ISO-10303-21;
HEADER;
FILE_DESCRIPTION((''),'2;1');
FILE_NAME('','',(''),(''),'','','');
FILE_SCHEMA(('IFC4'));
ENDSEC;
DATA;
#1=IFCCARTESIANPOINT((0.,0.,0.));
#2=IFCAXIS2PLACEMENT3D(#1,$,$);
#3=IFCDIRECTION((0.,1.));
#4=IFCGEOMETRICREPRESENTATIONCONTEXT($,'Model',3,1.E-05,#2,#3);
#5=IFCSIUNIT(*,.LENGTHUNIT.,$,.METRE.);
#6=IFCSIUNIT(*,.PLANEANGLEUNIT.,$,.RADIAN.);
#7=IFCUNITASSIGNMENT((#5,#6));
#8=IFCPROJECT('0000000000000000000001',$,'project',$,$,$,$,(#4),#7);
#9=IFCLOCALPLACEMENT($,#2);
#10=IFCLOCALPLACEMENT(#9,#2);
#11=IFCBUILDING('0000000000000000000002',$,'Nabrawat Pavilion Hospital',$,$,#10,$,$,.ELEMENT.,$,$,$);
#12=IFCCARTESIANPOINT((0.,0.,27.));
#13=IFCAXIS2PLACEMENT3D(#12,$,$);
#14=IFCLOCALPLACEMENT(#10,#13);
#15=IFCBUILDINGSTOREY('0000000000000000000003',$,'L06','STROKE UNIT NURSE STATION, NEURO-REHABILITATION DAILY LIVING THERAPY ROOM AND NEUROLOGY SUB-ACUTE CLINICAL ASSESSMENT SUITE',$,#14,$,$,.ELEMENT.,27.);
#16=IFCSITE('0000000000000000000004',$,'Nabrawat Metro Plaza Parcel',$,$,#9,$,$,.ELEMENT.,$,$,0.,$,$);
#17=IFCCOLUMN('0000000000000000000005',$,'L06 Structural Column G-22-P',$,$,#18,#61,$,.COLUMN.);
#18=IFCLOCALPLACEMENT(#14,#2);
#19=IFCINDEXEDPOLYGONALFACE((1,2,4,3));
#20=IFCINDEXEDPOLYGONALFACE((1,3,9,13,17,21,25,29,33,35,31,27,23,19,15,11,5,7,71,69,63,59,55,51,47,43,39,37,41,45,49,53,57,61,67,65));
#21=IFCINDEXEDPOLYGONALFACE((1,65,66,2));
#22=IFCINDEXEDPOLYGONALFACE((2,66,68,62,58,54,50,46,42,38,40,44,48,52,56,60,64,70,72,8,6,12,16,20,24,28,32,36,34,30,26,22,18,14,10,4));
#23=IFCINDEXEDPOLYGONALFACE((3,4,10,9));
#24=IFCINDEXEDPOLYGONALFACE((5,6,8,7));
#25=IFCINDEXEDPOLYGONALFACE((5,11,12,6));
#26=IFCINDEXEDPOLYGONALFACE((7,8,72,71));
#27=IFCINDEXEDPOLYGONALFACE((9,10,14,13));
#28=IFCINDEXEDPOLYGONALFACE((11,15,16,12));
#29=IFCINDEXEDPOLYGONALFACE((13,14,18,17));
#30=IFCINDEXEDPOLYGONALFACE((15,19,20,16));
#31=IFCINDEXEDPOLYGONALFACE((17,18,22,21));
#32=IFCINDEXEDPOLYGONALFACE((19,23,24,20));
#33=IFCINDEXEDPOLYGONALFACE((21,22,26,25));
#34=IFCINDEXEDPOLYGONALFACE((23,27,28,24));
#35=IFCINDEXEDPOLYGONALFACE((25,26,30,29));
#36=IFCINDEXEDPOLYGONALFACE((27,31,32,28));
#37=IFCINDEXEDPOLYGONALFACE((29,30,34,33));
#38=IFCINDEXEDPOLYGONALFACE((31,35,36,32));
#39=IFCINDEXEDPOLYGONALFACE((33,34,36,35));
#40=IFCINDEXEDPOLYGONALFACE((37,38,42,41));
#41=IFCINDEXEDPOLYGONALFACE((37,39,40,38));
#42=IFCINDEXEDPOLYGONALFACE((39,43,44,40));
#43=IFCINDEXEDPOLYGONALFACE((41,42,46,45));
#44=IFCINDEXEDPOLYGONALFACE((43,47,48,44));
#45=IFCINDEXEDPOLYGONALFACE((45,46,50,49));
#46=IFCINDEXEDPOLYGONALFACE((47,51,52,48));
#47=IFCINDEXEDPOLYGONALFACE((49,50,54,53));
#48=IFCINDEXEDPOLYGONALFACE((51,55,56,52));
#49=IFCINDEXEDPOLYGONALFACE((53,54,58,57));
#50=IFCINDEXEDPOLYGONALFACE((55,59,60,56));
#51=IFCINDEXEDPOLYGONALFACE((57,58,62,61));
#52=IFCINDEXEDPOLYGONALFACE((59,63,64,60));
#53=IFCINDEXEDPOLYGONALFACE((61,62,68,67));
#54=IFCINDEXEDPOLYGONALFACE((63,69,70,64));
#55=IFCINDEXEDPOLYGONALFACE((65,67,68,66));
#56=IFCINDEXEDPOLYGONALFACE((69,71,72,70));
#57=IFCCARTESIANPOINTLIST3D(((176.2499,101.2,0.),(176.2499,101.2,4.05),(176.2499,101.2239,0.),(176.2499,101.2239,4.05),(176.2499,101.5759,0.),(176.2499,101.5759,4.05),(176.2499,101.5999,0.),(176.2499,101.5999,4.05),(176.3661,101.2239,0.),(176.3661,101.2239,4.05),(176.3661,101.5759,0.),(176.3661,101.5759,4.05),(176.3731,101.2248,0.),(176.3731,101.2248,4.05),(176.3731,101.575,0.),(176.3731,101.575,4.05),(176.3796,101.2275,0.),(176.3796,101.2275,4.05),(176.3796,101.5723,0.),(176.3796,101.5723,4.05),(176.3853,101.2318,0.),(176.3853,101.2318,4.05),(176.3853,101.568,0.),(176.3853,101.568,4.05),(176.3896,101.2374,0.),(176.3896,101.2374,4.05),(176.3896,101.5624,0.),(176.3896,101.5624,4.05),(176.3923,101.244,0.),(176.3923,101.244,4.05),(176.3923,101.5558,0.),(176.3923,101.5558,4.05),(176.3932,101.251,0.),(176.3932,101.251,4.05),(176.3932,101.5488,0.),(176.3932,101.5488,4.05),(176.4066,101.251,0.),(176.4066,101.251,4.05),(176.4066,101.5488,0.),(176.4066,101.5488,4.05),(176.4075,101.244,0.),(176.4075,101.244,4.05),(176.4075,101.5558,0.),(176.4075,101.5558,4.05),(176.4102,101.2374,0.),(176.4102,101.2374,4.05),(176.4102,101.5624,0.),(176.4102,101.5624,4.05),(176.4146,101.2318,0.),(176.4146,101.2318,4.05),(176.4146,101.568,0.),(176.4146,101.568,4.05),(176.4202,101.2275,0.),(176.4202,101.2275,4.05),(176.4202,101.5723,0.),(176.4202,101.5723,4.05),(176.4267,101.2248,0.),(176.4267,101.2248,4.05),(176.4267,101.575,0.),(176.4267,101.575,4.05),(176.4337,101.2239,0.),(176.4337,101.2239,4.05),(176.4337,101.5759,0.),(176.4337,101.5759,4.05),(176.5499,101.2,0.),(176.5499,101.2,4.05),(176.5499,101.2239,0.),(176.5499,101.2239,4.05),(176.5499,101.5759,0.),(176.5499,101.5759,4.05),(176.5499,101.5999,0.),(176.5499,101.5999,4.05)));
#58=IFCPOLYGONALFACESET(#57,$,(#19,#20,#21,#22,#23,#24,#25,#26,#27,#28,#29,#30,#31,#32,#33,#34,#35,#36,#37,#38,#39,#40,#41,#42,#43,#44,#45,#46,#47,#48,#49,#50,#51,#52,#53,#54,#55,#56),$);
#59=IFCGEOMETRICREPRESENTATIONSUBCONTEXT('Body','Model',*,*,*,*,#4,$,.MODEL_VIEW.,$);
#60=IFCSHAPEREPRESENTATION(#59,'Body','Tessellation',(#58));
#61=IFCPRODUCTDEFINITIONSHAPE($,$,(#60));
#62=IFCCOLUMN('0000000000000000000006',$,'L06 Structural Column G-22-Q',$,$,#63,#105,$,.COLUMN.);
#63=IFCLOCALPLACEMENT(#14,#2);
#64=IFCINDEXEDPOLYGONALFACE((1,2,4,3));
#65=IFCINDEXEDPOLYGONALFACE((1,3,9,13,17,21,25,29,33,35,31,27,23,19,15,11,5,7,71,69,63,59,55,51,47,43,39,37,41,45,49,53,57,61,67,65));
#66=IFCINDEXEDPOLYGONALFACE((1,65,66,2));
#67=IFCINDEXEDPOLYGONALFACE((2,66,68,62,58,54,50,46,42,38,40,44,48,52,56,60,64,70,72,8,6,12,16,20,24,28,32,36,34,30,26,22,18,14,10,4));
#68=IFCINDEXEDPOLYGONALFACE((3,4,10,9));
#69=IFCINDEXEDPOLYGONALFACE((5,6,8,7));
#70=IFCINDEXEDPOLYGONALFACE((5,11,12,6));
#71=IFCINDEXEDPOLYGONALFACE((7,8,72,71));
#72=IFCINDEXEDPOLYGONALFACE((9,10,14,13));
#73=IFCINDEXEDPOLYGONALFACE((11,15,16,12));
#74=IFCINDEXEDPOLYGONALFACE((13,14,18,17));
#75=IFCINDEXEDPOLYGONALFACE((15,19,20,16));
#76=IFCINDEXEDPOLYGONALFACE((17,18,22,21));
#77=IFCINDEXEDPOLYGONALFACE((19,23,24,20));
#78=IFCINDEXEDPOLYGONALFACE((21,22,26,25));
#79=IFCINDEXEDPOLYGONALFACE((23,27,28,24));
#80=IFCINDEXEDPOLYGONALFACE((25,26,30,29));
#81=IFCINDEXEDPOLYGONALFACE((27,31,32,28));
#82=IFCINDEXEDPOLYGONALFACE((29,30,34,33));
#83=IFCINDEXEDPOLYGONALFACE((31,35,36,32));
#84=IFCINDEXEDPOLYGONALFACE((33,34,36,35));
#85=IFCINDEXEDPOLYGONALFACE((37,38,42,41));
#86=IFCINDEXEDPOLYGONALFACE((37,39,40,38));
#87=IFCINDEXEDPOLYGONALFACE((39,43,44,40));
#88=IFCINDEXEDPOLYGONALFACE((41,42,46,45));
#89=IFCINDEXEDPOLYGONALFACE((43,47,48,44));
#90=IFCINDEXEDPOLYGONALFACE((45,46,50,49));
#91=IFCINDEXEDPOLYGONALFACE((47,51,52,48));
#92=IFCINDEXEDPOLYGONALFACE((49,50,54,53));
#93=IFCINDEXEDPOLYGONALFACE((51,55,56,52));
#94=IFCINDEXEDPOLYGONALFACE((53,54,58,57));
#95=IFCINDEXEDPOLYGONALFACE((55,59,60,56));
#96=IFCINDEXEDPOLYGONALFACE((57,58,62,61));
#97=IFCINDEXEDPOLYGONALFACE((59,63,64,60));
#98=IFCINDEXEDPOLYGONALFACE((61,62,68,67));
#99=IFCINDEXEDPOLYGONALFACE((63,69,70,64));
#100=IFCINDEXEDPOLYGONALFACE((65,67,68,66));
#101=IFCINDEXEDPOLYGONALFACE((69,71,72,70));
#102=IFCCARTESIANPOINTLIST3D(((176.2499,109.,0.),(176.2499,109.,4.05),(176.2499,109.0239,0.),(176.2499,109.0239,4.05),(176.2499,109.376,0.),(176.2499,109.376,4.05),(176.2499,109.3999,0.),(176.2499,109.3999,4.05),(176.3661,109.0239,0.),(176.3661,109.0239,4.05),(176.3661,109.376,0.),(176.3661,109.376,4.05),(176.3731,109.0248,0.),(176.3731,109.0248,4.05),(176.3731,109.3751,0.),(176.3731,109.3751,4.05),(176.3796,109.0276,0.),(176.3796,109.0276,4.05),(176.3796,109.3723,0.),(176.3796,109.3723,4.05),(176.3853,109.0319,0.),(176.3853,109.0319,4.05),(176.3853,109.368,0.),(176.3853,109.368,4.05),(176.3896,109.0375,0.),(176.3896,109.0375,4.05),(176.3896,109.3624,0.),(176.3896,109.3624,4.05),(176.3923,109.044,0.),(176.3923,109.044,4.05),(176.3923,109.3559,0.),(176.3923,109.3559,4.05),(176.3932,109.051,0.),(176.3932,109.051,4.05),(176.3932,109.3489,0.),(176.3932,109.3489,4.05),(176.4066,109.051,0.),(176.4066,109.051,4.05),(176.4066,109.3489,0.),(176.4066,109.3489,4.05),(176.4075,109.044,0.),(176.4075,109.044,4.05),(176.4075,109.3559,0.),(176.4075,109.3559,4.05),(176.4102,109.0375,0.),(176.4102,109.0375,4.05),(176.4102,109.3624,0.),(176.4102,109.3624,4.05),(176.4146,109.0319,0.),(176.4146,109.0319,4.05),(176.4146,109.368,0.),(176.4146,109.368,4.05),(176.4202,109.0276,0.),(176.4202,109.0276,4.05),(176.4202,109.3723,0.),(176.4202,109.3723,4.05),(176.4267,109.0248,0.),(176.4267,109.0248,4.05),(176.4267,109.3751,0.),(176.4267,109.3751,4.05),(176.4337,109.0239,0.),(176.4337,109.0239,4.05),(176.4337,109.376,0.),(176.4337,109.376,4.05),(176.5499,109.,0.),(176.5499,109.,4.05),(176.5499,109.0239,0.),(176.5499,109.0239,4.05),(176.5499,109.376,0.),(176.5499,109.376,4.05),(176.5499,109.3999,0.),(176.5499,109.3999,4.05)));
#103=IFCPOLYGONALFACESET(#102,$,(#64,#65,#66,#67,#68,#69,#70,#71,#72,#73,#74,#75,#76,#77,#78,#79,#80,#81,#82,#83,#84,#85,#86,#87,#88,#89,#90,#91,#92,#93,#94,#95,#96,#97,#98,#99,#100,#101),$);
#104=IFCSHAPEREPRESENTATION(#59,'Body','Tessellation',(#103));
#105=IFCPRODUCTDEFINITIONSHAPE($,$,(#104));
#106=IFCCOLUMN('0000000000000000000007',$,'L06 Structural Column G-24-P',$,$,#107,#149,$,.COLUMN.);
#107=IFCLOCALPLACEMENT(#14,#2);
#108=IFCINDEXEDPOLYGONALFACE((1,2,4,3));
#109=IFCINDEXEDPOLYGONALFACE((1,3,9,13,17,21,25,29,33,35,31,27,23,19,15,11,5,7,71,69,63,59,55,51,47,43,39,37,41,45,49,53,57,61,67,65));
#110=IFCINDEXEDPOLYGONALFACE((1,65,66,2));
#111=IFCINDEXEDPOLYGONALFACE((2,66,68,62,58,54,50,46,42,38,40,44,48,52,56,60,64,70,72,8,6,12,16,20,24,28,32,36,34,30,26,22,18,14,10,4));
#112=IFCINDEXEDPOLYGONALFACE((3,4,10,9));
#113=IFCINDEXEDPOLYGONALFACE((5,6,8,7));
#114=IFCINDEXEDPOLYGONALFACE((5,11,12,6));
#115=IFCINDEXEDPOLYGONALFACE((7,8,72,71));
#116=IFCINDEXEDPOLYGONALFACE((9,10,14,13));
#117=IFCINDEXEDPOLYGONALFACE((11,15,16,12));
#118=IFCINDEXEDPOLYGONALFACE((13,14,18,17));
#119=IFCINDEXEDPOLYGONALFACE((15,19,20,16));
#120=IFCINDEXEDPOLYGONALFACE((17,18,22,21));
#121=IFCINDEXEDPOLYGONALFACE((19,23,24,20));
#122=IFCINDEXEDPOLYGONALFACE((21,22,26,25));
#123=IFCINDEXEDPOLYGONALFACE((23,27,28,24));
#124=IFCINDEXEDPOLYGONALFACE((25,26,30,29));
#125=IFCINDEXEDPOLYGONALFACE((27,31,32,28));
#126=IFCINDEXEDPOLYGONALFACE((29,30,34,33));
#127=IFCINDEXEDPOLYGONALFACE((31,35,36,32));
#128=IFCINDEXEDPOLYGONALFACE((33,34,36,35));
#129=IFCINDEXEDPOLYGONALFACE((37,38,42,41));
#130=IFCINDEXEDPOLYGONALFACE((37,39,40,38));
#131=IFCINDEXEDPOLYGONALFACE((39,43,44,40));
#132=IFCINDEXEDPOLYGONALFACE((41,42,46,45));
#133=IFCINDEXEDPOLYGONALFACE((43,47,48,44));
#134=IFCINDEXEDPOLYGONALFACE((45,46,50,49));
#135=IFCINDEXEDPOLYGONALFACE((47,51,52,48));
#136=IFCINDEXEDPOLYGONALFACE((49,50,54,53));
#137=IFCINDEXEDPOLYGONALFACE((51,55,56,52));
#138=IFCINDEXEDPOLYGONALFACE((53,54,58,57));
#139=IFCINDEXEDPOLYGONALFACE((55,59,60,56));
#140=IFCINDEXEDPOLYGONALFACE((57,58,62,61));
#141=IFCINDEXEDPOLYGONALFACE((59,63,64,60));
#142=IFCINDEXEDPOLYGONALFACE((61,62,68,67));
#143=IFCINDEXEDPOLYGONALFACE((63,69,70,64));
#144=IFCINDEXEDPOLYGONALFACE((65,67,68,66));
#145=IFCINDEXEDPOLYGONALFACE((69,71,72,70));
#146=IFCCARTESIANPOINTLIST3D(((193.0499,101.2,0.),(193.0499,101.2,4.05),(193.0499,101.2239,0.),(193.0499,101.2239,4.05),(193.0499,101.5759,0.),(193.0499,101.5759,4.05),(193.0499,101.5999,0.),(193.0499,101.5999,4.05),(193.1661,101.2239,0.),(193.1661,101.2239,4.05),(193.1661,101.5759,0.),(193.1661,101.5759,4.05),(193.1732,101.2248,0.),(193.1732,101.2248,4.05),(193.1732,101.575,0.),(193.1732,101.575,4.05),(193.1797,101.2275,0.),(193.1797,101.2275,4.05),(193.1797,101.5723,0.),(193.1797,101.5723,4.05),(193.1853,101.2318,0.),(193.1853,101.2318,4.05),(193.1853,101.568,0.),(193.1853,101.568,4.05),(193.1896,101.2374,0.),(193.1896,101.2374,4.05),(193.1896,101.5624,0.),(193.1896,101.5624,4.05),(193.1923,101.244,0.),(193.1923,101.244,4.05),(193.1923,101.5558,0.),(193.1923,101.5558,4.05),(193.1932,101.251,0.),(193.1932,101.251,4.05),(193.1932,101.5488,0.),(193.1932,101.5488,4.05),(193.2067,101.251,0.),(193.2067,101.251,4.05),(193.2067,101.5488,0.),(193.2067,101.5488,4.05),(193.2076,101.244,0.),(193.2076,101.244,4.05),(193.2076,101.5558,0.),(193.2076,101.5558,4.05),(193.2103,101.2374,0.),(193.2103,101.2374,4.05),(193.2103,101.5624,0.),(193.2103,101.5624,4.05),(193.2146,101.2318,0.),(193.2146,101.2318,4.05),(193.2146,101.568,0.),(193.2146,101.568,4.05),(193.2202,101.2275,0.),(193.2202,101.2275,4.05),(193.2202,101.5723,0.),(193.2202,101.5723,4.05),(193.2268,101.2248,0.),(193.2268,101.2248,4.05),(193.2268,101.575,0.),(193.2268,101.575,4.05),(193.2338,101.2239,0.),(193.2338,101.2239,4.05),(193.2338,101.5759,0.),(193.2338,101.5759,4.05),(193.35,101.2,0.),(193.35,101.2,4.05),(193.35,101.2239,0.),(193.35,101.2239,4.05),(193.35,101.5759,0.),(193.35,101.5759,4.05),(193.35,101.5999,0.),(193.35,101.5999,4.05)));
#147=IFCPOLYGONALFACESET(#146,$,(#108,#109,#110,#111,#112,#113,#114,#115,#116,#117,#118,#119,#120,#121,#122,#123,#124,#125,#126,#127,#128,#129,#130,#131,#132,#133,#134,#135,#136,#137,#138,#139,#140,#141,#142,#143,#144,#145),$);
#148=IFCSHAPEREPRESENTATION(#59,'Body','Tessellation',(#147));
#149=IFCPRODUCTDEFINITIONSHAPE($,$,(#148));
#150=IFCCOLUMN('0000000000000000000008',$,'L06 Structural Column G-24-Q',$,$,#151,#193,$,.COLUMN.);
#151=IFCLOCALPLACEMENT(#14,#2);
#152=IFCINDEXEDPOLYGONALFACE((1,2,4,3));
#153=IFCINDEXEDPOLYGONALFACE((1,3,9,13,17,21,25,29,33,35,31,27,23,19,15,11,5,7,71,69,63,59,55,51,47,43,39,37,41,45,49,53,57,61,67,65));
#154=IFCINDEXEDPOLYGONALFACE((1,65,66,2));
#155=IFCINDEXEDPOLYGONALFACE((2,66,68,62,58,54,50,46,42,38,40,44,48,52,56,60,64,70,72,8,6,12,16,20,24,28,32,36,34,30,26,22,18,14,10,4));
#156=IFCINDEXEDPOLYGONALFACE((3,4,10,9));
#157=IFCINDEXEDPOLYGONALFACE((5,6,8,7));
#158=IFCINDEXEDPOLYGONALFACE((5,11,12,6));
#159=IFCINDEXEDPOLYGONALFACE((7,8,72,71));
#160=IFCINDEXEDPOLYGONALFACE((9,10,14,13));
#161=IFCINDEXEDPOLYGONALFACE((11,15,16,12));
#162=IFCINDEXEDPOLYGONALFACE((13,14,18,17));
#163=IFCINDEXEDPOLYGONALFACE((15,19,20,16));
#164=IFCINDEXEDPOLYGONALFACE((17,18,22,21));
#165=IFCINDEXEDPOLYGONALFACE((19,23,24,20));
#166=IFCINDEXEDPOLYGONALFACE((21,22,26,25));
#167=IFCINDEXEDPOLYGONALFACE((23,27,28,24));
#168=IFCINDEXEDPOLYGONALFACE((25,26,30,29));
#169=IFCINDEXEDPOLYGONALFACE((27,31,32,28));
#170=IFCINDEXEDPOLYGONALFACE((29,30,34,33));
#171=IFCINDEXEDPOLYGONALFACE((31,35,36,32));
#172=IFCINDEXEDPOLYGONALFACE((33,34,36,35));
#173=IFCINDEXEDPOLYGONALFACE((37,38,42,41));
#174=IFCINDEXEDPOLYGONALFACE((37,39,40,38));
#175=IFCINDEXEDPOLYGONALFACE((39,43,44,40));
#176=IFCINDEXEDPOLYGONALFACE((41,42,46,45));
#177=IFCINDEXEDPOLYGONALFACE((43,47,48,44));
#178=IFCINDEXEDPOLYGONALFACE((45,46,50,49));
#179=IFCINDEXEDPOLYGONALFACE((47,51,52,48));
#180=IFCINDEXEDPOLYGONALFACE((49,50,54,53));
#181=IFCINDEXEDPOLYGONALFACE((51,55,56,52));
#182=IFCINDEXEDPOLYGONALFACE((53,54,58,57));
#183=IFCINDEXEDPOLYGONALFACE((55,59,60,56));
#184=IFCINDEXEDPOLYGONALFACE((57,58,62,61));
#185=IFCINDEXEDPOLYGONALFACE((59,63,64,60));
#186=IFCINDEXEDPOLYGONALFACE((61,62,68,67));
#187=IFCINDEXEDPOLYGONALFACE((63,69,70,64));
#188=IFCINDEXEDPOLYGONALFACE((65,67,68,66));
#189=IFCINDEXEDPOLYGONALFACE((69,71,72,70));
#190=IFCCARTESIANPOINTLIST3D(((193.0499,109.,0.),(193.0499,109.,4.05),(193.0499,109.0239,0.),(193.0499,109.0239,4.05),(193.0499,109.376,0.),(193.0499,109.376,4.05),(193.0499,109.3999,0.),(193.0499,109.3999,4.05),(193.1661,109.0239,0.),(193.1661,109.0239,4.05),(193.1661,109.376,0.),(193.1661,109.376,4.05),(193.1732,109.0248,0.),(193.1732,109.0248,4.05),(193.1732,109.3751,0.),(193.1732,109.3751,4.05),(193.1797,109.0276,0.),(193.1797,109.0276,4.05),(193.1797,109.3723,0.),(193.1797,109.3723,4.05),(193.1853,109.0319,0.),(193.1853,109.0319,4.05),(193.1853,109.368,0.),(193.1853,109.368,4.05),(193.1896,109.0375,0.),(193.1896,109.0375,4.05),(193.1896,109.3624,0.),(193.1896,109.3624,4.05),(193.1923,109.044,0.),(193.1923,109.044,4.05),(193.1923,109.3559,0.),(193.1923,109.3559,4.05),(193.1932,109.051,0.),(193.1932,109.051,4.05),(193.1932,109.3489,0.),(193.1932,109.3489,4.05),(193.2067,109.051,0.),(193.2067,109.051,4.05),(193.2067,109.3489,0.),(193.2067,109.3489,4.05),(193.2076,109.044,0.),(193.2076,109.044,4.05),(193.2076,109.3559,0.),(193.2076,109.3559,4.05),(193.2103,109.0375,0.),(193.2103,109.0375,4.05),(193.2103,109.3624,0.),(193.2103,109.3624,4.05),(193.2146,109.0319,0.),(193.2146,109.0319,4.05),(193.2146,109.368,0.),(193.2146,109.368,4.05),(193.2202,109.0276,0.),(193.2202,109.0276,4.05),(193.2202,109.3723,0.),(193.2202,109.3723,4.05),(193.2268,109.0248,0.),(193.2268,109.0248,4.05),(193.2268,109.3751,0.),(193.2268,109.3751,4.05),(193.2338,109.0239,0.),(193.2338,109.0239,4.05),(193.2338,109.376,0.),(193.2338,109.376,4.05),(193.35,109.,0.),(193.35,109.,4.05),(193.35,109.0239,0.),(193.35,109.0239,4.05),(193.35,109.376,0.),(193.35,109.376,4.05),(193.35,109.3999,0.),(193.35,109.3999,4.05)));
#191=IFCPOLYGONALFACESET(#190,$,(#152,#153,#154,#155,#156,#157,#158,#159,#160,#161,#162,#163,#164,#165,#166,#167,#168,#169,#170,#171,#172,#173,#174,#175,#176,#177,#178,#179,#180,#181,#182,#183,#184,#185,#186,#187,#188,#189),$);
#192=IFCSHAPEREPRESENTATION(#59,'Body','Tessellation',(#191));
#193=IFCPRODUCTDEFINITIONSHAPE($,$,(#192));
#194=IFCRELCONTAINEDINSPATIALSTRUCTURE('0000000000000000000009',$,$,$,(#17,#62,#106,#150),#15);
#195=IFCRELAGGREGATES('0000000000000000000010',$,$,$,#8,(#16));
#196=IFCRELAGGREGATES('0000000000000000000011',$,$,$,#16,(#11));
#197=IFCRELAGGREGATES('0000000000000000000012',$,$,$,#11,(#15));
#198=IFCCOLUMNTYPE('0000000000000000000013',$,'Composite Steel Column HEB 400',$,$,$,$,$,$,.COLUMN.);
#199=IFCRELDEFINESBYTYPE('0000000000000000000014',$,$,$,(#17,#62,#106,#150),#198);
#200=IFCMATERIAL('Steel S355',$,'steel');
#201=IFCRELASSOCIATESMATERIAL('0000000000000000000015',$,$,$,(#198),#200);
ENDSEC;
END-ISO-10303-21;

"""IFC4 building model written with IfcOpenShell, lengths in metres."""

from ifc_helpers import new_model, si_unit, direction, frame, origin, origin_2d, place, context, subcontext, project, spatial, i_section, extrude, material, material_profile, profile_set, type_object, element, save


model = new_model("IFC4")

# Units and contexts
model_context = context("Model", 3, precision=1e-05, world=origin(), true_north=direction((0.0, 1.0)))
body_context = subcontext(model_context, "Body", "Model", "MODEL_VIEW")
ifc_project = project(units=[si_unit("LENGTHUNIT", "METRE"), si_unit("PLANEANGLEUNIT", "RADIAN")], contexts=[model_context])

# Site, building, storey
site_placement = place(None, origin())
site = spatial("IfcSite", under=ifc_project, at=site_placement, Name="Nabrawat Metro Plaza Parcel", CompositionType="ELEMENT", RefElevation=0.0)
building_placement = place(site_placement, origin())
building = spatial("IfcBuilding", under=site, at=building_placement, Name="Nabrawat Pavilion Hospital", CompositionType="ELEMENT")
storey_placement = place(building_placement, frame((0.0, 0.0, 27.0)))
storey = spatial("IfcBuildingStorey", under=building, at=storey_placement, Name="L06", Description="STROKE UNIT NURSE STATION, NEURO-REHABILITATION DAILY LIVING THERAPY ROOM AND NEUROLOGY SUB-ACUTE CLINICAL ASSESSMENT SUITE", CompositionType="ELEMENT", Elevation=27.0)

# Columns
ifc_material_1 = material(Name="Steel S355", Category="steel")
ifc_material_profile_1 = material_profile(ifc_material_1, i_section(OverallWidth=0.3, OverallDepth=0.3999, WebThickness=0.0134, FlangeThickness=0.0239, FilletRadius=0.0271, at=origin_2d()), Name="HEB 400")
ifc_profile_set_1 = profile_set([ifc_material_profile_1], Name="Steel S355")
column_type = type_object("IfcColumnType", Name="Composite Steel Column HEB 400", PredefinedType="COLUMN", material=ifc_profile_set_1)
for number, where, z_axis, x_axis, name in (
    (1, (176.3999, 101.3999, 0.0), (0.0, 0.0, 1.0), (1.0, 0.0, 0.0), "L06 Structural Column G-22-P"),
    (2, (176.3999, 109.2, 0.0), (0.0, 0.0, 1.0), (1.0, 0.0, 0.0), "L06 Structural Column G-22-Q"),
    (3, (193.2, 101.3999, 0.0), (0.0, 0.0, 1.0), (1.0, 0.0, 0.0), "L06 Structural Column G-24-P"),
    (4, (193.2, 109.2, 0.0), (0.0, 0.0, 1.0), (1.0, 0.0, 0.0), "L06 Structural Column G-24-Q"),
):
    element("IfcColumn", number, at=place(storey_placement, frame(where, z_axis=z_axis, x_axis=x_axis)), inside=storey, type_object=column_type, Name=name, PredefinedType="COLUMN", context=body_context, shape_type="SweptSolid", body=[
        extrude(i_section(OverallWidth=0.3, OverallDepth=0.3999, WebThickness=0.0134, FlangeThickness=0.0239, FilletRadius=0.0271, at=origin_2d()), origin(), (0.0, 0.0, 1.0), 4.05),
    ])

save(model, "model.ifc")
